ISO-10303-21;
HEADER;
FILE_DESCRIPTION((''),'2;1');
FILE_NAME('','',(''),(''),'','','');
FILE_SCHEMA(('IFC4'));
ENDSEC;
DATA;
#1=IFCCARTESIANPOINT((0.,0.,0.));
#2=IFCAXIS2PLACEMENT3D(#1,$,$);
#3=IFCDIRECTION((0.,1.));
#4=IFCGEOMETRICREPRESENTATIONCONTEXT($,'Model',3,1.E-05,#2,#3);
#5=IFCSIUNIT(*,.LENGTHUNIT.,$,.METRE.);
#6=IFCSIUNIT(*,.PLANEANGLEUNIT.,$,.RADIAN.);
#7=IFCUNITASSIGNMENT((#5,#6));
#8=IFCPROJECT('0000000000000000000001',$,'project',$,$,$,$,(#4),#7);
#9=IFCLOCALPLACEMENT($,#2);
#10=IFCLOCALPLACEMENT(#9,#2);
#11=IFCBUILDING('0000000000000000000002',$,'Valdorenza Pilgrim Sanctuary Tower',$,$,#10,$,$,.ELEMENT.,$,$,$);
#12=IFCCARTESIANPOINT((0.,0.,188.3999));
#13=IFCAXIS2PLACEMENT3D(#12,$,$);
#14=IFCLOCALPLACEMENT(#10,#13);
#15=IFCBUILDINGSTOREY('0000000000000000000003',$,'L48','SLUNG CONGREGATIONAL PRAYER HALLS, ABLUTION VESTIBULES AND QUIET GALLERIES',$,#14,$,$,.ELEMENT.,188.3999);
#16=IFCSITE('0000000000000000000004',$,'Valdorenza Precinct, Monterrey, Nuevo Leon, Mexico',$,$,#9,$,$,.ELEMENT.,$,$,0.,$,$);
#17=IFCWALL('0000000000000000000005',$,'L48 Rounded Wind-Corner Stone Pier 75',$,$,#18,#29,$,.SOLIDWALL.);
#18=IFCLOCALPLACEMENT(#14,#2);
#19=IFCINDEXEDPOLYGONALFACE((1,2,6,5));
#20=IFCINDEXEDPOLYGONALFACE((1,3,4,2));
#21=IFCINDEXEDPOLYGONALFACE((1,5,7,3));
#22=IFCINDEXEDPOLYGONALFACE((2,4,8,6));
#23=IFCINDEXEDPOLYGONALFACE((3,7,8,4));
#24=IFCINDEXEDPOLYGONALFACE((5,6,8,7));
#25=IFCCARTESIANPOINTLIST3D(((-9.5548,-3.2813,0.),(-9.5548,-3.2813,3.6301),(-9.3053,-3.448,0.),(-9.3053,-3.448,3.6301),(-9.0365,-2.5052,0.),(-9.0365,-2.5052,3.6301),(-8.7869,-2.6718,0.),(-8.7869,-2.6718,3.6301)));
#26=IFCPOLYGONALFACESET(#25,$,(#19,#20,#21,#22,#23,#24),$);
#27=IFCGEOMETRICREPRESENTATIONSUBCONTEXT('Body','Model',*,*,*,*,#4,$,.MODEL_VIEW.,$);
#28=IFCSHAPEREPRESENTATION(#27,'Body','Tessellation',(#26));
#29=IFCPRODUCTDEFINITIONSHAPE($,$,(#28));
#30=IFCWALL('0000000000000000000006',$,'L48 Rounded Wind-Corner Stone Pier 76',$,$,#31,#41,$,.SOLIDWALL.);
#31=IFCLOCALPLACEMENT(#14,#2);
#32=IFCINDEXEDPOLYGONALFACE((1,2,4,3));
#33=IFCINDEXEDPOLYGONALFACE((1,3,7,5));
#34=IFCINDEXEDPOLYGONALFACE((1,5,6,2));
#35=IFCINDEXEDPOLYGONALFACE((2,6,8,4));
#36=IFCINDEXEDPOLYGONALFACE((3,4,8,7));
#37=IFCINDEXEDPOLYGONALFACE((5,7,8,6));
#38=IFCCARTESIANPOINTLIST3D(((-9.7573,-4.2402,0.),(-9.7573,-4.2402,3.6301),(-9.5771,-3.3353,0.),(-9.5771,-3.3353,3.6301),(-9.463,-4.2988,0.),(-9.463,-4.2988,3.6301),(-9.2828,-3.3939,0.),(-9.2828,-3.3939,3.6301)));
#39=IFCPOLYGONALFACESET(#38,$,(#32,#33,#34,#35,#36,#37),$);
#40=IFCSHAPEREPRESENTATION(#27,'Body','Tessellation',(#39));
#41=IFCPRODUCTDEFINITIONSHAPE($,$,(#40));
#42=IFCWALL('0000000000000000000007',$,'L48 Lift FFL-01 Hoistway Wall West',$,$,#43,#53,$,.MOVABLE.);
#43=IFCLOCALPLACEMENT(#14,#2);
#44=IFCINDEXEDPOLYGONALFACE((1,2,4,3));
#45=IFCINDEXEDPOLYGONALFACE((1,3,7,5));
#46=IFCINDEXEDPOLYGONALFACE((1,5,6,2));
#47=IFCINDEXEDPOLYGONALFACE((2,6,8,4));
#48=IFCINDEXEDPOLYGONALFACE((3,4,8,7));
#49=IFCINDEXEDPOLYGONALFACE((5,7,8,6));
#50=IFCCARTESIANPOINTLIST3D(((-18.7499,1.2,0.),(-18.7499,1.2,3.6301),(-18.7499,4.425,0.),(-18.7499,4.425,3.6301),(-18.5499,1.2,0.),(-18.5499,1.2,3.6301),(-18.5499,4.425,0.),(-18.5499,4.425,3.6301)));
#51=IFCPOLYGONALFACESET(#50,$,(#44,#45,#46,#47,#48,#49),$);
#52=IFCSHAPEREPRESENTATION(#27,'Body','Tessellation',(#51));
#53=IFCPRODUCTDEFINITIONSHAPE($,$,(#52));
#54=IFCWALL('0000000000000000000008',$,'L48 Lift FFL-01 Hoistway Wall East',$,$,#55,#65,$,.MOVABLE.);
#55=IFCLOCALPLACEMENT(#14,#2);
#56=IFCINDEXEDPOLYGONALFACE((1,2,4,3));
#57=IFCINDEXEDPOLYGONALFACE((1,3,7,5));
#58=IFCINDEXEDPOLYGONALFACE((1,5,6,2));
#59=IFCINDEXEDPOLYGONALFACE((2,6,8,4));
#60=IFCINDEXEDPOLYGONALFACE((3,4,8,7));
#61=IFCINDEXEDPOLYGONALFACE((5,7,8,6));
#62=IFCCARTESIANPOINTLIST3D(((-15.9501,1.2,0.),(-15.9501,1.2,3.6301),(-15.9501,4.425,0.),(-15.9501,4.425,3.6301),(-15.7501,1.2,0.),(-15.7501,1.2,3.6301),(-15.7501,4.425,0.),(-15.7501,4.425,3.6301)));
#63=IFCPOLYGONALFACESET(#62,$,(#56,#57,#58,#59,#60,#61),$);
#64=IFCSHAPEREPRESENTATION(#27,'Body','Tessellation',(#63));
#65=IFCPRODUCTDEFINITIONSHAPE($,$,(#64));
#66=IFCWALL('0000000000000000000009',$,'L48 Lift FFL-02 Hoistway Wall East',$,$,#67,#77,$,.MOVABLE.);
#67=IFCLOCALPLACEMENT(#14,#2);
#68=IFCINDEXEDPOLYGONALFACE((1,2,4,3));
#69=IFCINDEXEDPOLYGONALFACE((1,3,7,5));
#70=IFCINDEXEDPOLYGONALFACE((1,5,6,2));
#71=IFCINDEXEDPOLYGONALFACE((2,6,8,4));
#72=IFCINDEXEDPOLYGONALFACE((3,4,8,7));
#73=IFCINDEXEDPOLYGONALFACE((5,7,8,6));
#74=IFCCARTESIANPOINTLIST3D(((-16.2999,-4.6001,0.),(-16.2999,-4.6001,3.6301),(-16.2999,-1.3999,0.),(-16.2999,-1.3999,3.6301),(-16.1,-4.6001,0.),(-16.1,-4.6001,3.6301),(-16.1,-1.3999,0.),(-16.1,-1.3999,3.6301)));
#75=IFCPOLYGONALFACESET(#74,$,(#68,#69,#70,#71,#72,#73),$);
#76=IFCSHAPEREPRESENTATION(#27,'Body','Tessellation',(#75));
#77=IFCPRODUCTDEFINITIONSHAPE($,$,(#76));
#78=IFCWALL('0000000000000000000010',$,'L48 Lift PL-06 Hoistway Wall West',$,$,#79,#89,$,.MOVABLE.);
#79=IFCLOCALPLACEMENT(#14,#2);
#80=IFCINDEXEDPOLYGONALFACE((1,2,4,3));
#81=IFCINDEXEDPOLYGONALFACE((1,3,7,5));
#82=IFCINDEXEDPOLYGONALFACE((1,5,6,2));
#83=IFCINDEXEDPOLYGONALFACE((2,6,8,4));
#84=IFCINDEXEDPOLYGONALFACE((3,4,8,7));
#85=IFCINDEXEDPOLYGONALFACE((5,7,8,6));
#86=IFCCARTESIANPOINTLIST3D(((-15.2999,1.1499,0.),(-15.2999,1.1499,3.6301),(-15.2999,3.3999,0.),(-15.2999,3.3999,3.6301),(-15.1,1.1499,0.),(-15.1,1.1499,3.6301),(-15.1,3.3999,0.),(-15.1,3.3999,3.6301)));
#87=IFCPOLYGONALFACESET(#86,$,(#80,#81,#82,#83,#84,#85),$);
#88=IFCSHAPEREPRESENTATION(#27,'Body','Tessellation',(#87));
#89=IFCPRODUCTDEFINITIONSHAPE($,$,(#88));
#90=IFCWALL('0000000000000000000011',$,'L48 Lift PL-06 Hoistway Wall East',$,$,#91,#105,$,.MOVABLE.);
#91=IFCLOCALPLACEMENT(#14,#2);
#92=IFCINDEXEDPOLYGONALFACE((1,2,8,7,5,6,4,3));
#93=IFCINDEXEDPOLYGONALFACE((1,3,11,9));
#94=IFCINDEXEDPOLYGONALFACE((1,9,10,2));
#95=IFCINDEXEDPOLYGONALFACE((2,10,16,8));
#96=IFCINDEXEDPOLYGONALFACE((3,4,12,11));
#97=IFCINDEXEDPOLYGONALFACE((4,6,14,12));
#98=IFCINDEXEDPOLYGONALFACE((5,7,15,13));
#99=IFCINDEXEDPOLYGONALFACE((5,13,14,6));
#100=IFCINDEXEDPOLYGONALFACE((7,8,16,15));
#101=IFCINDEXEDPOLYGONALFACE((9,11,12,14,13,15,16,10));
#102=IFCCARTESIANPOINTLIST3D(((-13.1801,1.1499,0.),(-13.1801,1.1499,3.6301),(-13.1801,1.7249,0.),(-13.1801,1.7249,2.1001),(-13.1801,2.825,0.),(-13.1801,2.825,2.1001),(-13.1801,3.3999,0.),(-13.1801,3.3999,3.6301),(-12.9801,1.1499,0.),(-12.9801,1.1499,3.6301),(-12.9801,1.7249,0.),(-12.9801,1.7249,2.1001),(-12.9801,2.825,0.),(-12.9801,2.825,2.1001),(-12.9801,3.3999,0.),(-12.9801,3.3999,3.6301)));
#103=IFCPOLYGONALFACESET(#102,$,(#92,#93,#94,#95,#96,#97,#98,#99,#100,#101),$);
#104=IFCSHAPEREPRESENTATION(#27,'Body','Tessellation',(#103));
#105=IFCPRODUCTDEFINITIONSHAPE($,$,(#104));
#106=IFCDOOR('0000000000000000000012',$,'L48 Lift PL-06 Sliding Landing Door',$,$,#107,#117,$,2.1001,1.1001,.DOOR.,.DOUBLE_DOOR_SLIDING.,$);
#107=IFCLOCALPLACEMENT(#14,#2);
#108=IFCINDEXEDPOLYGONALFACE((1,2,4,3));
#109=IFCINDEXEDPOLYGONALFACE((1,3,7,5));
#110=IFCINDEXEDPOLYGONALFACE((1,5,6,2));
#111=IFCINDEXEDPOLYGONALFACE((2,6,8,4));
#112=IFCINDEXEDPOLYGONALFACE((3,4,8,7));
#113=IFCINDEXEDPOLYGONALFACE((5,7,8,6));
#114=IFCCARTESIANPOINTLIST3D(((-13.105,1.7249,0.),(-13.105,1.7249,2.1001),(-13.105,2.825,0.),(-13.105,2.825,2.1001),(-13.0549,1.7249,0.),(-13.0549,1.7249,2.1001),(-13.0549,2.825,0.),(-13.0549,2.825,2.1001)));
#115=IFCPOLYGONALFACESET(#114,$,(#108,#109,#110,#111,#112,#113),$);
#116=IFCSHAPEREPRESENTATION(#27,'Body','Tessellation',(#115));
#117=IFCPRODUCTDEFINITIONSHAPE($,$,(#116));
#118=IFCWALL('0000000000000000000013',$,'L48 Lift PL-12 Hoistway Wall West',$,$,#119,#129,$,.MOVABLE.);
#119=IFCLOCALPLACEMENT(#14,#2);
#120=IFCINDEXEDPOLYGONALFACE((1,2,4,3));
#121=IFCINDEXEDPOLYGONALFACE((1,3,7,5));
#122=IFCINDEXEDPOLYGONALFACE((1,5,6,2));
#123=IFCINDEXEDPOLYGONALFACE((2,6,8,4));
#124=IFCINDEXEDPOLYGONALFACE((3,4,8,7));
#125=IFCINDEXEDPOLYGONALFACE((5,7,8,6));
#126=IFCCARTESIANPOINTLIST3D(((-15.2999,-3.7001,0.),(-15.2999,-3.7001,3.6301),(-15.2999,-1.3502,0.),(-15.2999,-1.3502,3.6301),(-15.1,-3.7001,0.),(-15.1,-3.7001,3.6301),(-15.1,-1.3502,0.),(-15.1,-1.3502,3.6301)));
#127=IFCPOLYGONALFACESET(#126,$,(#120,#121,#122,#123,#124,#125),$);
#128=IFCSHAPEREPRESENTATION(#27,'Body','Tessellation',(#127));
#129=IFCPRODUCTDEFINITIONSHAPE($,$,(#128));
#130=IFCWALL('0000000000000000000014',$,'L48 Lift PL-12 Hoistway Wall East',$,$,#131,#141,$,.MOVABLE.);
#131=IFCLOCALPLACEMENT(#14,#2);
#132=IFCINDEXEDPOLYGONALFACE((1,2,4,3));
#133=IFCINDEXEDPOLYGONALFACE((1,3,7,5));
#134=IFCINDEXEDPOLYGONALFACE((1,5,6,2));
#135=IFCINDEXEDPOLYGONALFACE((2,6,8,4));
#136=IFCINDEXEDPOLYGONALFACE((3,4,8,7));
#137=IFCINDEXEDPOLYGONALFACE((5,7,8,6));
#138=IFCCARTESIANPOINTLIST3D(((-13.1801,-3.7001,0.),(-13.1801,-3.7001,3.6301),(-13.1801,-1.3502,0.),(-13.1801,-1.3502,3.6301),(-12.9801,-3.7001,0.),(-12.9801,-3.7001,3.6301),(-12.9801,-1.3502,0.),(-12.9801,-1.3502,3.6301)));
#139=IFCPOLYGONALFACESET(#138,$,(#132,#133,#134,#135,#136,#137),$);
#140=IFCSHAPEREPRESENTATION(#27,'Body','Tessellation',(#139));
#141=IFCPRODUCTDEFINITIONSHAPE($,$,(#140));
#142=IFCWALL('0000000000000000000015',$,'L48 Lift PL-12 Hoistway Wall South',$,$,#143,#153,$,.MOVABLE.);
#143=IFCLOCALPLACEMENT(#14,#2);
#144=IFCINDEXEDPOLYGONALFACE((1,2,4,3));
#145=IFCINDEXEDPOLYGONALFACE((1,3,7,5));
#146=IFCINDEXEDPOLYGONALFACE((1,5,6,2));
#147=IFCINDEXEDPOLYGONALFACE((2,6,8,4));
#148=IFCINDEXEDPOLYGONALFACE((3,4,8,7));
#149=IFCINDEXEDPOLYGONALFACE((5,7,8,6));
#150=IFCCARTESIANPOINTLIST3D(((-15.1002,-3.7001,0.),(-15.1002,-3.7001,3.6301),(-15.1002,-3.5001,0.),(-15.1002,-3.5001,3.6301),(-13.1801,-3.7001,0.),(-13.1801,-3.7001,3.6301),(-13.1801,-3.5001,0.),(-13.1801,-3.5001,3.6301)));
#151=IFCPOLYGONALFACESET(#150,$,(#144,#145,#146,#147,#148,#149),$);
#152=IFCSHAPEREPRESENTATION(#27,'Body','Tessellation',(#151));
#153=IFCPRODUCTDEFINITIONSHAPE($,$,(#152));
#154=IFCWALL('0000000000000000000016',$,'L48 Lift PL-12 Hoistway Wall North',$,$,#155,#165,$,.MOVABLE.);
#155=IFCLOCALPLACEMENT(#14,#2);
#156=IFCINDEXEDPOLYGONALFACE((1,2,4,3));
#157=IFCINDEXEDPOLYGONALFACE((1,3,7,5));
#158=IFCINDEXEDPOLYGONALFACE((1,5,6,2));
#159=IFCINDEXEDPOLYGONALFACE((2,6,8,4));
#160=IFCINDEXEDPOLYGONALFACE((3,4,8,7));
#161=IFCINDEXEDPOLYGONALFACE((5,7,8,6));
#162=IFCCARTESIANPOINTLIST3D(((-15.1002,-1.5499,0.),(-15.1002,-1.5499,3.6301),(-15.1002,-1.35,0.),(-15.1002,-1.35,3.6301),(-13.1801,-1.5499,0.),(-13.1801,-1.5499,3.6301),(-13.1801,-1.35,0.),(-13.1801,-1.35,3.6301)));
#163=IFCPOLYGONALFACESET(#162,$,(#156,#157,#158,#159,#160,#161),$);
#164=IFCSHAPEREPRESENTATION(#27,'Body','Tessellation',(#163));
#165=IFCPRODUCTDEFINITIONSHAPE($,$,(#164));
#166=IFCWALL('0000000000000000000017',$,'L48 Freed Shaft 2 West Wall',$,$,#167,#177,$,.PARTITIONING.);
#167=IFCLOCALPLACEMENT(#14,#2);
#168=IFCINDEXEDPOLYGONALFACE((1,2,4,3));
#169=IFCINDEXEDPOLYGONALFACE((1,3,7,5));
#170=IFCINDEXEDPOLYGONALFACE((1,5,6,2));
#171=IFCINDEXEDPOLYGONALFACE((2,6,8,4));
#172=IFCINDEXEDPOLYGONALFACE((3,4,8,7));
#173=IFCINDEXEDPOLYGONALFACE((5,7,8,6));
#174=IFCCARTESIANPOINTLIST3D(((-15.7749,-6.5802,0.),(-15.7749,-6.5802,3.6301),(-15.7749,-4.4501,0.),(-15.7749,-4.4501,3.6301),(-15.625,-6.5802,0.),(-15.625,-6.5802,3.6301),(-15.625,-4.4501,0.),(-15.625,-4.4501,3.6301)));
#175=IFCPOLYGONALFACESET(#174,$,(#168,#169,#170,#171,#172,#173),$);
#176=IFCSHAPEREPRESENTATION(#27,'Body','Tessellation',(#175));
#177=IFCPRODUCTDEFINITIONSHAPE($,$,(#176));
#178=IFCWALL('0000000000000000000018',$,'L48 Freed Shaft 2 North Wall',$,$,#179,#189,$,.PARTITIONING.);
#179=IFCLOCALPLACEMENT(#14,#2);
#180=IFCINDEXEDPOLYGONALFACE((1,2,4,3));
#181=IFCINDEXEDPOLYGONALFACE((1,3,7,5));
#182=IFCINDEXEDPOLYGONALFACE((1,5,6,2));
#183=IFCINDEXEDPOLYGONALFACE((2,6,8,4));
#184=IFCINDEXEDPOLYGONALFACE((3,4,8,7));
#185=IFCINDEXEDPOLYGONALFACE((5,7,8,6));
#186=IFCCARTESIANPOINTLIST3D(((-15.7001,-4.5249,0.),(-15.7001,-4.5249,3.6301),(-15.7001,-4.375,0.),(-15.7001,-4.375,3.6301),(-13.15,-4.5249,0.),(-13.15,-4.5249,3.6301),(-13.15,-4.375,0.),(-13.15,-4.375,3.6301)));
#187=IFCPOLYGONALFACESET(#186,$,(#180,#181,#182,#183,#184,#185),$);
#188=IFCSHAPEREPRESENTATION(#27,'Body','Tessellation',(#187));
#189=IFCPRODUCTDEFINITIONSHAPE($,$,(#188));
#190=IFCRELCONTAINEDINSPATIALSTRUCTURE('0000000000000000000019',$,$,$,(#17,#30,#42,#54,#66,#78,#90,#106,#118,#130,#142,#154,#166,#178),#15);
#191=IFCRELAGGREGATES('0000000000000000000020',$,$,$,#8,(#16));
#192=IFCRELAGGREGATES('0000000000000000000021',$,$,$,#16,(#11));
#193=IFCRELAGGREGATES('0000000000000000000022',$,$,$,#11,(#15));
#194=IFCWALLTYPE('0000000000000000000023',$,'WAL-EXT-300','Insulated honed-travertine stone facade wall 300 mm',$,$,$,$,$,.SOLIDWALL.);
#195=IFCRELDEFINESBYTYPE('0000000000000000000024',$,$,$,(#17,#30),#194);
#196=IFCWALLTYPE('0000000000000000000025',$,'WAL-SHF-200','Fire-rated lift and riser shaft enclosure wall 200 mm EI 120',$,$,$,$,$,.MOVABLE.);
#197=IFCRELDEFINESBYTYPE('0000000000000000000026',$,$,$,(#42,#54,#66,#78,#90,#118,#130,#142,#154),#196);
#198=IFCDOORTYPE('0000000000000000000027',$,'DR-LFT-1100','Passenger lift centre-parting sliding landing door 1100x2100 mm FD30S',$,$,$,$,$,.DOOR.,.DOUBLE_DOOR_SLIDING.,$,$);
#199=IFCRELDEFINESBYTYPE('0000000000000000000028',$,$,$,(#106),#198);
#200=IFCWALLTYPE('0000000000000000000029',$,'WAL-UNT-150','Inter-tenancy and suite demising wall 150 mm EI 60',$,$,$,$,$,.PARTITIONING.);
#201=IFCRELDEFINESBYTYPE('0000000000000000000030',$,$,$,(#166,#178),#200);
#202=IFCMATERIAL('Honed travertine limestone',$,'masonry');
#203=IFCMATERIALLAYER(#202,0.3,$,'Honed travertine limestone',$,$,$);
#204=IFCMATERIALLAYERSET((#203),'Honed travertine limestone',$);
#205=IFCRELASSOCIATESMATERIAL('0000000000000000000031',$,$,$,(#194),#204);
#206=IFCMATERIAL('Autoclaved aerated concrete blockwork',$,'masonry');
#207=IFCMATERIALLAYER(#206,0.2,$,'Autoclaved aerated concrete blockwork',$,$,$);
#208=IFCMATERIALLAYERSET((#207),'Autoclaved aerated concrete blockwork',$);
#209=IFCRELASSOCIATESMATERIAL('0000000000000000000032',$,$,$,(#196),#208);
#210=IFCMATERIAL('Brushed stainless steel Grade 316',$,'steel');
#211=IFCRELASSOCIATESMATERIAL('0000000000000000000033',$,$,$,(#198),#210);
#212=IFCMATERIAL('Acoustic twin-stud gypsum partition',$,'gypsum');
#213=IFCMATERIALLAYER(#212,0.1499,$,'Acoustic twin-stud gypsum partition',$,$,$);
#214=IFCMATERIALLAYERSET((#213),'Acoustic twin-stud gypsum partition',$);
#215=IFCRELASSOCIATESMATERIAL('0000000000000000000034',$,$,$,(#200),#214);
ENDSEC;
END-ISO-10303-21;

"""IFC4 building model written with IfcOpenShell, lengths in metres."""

from ifc_helpers import new_model, si_unit, direction, frame, frame_2d, origin, place, context, subcontext, project, spatial, rectangle, extrude, material, layer, layer_set, type_object, element, fill, save


model = new_model("IFC4")

# Units and contexts
model_context = context("Model", 3, precision=1e-05, world=origin(), true_north=direction((0.0, 1.0)))
body_context = subcontext(model_context, "Body", "Model", "MODEL_VIEW")
ifc_project = project(units=[si_unit("LENGTHUNIT", "METRE"), si_unit("PLANEANGLEUNIT", "RADIAN")], contexts=[model_context])

# Site, building, storey
site_placement = place(None, origin())
site = spatial("IfcSite", under=ifc_project, at=site_placement, Name="Valdorenza Precinct, Monterrey, Nuevo Leon, Mexico", CompositionType="ELEMENT", RefElevation=0.0)
building_placement = place(site_placement, origin())
building = spatial("IfcBuilding", under=site, at=building_placement, Name="Valdorenza Pilgrim Sanctuary Tower", CompositionType="ELEMENT")
storey_placement = place(building_placement, frame((0.0, 0.0, 188.3999)))
storey = spatial("IfcBuildingStorey", under=building, at=storey_placement, Name="L48", Description="SLUNG CONGREGATIONAL PRAYER HALLS, ABLUTION VESTIBULES AND QUIET GALLERIES", CompositionType="ELEMENT", Elevation=188.3999)

# Shared definitions
ifc_material_1 = material(Name="Acoustic twin-stud gypsum partition", Category="gypsum")

# Walls
ifc_material_2 = material(Name="Honed travertine limestone", Category="masonry")
ifc_layer_1 = layer(ifc_material_2, 0.3, Name="Honed travertine limestone")
ifc_layer_set_1 = layer_set([ifc_layer_1], Name="Honed travertine limestone")
wall_type_1 = type_object("IfcWallType", Name="WAL-EXT-300", Description="Insulated honed-travertine stone facade wall 300 mm", PredefinedType="SOLIDWALL", material=ifc_layer_set_1)
wall_1_placement = place(storey_placement, frame((-8.9116, -2.5884, 0.0), z_axis=(0.0, 0.0, 1.0), x_axis=(-0.555364, -0.831607, 0.0)))
element("IfcWall", 1, at=wall_1_placement, inside=storey, type_object=wall_type_1, Name="L48 Rounded Wind-Corner Stone Pier 75", PredefinedType="SOLIDWALL", context=body_context, shape_type="SweptSolid", body=[
    extrude(rectangle(XDim=0.9333, YDim=0.3, at=frame_2d((0.4668, 0.0))), origin(), (0.0, 0.0, 1.0), 3.6301),
])
wall_2_placement = place(storey_placement, frame((-9.4299, -3.3645, 0.0), z_axis=(0.0, 0.0, 1.0), x_axis=(-0.195302, -0.980743, 0.0)))
element("IfcWall", 2, at=wall_2_placement, inside=storey, type_object=wall_type_1, Name="L48 Rounded Wind-Corner Stone Pier 76", PredefinedType="SOLIDWALL", context=body_context, shape_type="SweptSolid", body=[
    extrude(rectangle(XDim=0.9226, YDim=0.3, at=frame_2d((0.4614, 0.0))), origin(), (0.0, 0.0, 1.0), 3.6301),
])

# Walls
ifc_material_3 = material(Name="Autoclaved aerated concrete blockwork", Category="masonry")
ifc_layer_2 = layer(ifc_material_3, 0.2, Name="Autoclaved aerated concrete blockwork")
ifc_layer_set_2 = layer_set([ifc_layer_2], Name="Autoclaved aerated concrete blockwork")
wall_type_2 = type_object("IfcWallType", Name="WAL-SHF-200", Description="Fire-rated lift and riser shaft enclosure wall 200 mm EI 120", PredefinedType="MOVABLE", material=ifc_layer_set_2)
for number, where, z_axis, x_axis, name in (
    (3, (-18.6499, 1.2, 0.0), (0.0, 0.0, 1.0), (0.0, 1.0, 0.0), "L48 Lift FFL-01 Hoistway Wall West"),
    (4, (-15.8501, 1.2, 0.0), (0.0, 0.0, 1.0), (0.0, 1.0, 0.0), "L48 Lift FFL-01 Hoistway Wall East"),
):
    element("IfcWall", number, at=place(storey_placement, frame(where, z_axis=z_axis, x_axis=x_axis)), inside=storey, type_object=wall_type_2, Name=name, PredefinedType="MOVABLE", context=body_context, shape_type="SweptSolid", body=[
        extrude(rectangle(XDim=3.2251, YDim=0.2, at=frame_2d((1.6125, 0.0))), origin(), (0.0, 0.0, 1.0), 3.6301),
    ])
wall_3_placement = place(storey_placement, frame((-16.2, -4.6001, 0.0), z_axis=(0.0, 0.0, 1.0), x_axis=(0.0, 1.0, 0.0)))
element("IfcWall", 5, at=wall_3_placement, inside=storey, type_object=wall_type_2, Name="L48 Lift FFL-02 Hoistway Wall East", PredefinedType="MOVABLE", context=body_context, shape_type="SweptSolid", body=[
    extrude(rectangle(XDim=3.2002, YDim=0.2, at=frame_2d((1.6001, 0.0))), origin(), (0.0, 0.0, 1.0), 3.6301),
])
wall_4_placement = place(storey_placement, frame((-15.2, 1.1499, 0.0), z_axis=(0.0, 0.0, 1.0), x_axis=(0.0, 1.0, 0.0)))
element("IfcWall", 6, at=wall_4_placement, inside=storey, type_object=wall_type_2, Name="L48 Lift PL-06 Hoistway Wall West", PredefinedType="MOVABLE", context=body_context, shape_type="SweptSolid", body=[
    extrude(rectangle(XDim=2.25, YDim=0.2, at=frame_2d((1.125, 0.0))), origin(), (0.0, 0.0, 1.0), 3.6301),
])

# Wall, opening, door
wall_5_placement = place(storey_placement, frame((-13.0801, 1.1499, 0.0), z_axis=(0.0, 0.0, 1.0), x_axis=(0.0, 1.0, 0.0)))
wall_5 = element("IfcWall", 7, at=wall_5_placement, inside=storey, type_object=wall_type_2, Name="L48 Lift PL-06 Hoistway Wall East", PredefinedType="MOVABLE", context=body_context, shape_type="SweptSolid", body=[
    extrude(rectangle(XDim=2.25, YDim=0.2, at=frame_2d((1.125, 0.0))), origin(), (0.0, 0.0, 1.0), 3.6301),
])
opening_1_placement = place(wall_5_placement, frame((0.575, 0.0, 0.0)))
opening_1 = element("IfcOpeningElement", 8, at=opening_1_placement, cuts=wall_5, PredefinedType="OPENING", context=body_context, shape_type="SweptSolid", body=[
    extrude(rectangle(XDim=1.1001, YDim=2.1001, at=frame_2d((0.55, 1.05))), frame((0.0, 0.1147, 0.0), z_axis=(0.0, -1.0, 0.0), x_axis=(1.0, 0.0, 0.0)), (0.0, 0.0, 1.0), 0.2297),
])
ifc_material_4 = material(Name="Brushed stainless steel Grade 316", Category="steel")
door_type_1 = type_object("IfcDoorType", Name="DR-LFT-1100", Description="Passenger lift centre-parting sliding landing door 1100x2100 mm FD30S", OperationType="DOUBLE_DOOR_SLIDING", PredefinedType="DOOR", material=ifc_material_4)
door_1_placement = place(opening_1_placement, origin())
door_1 = element("IfcDoor", 9, at=door_1_placement, inside=storey, type_object=door_type_1, Name="L48 Lift PL-06 Sliding Landing Door", OperationType="DOUBLE_DOOR_SLIDING", OverallHeight=2.1001, OverallWidth=1.1001, PredefinedType="DOOR", context=body_context, shape_type="SweptSolid", body=[
    extrude(rectangle(XDim=1.1001, YDim=2.1001, at=frame_2d((0.55, 1.05))), frame((0.0, 0.0249, 0.0), z_axis=(0.0, -1.0, 0.0), x_axis=(1.0, 0.0, 0.0)), (0.0, 0.0, 1.0), 0.05),
])
fill(opening_1, door_1)

# Walls
for number, where, z_axis, x_axis, name in (
    (10, (-15.2, -3.7, 0.0), (0.0, 0.0, 1.0), (0.0, 1.0, 0.0), "L48 Lift PL-12 Hoistway Wall West"),
    (11, (-13.0801, -3.7, 0.0), (0.0, 0.0, 1.0), (0.0, 1.0, 0.0), "L48 Lift PL-12 Hoistway Wall East"),
):
    element("IfcWall", number, at=place(storey_placement, frame(where, z_axis=z_axis, x_axis=x_axis)), inside=storey, type_object=wall_type_2, Name=name, PredefinedType="MOVABLE", context=body_context, shape_type="SweptSolid", body=[
        extrude(rectangle(XDim=2.3499, YDim=0.2, at=frame_2d((1.1748, 0.0))), origin(), (0.0, 0.0, 1.0), 3.6301),
    ])
for number, where, z_axis, x_axis, name in (
    (12, (-15.1001, -3.6001, 0.0), (0.0, 0.0, 1.0), (1.0, 0.0, 0.0), "L48 Lift PL-12 Hoistway Wall South"),
    (13, (-15.1001, -1.45, 0.0), (0.0, 0.0, 1.0), (1.0, 0.0, 0.0), "L48 Lift PL-12 Hoistway Wall North"),
):
    element("IfcWall", number, at=place(storey_placement, frame(where, z_axis=z_axis, x_axis=x_axis)), inside=storey, type_object=wall_type_2, Name=name, PredefinedType="MOVABLE", context=body_context, shape_type="SweptSolid", body=[
        extrude(rectangle(XDim=1.9202, YDim=0.2, at=frame_2d((0.96, 0.0))), origin(), (0.0, 0.0, 1.0), 3.6301),
    ])
ifc_layer_3 = layer(ifc_material_1, 0.1499, Name="Acoustic twin-stud gypsum partition")
ifc_layer_set_3 = layer_set([ifc_layer_3], Name="Acoustic twin-stud gypsum partition")
wall_type_3 = type_object("IfcWallType", Name="WAL-UNT-150", Description="Inter-tenancy and suite demising wall 150 mm EI 60", PredefinedType="PARTITIONING", material=ifc_layer_set_3)
wall_6_placement = place(storey_placement, frame((-15.7, -6.5801, 0.0), z_axis=(0.0, 0.0, 1.0), x_axis=(0.0, 1.0, 0.0)))
element("IfcWall", 14, at=wall_6_placement, inside=storey, type_object=wall_type_3, Name="L48 Freed Shaft 2 West Wall", PredefinedType="PARTITIONING", context=body_context, shape_type="SweptSolid", body=[
    extrude(rectangle(XDim=2.1301, YDim=0.1499, at=frame_2d((1.0649, 0.0))), origin(), (0.0, 0.0, 1.0), 3.6301),
])
wall_7_placement = place(storey_placement, frame((-15.7, -4.45, 0.0), z_axis=(0.0, 0.0, 1.0), x_axis=(1.0, 0.0, 0.0)))
element("IfcWall", 15, at=wall_7_placement, inside=storey, type_object=wall_type_3, Name="L48 Freed Shaft 2 North Wall", PredefinedType="PARTITIONING", context=body_context, shape_type="SweptSolid", body=[
    extrude(rectangle(XDim=2.55, YDim=0.1499, at=frame_2d((1.2749, 0.0))), origin(), (0.0, 0.0, 1.0), 3.6301),
])

save(model, "model.ifc")
